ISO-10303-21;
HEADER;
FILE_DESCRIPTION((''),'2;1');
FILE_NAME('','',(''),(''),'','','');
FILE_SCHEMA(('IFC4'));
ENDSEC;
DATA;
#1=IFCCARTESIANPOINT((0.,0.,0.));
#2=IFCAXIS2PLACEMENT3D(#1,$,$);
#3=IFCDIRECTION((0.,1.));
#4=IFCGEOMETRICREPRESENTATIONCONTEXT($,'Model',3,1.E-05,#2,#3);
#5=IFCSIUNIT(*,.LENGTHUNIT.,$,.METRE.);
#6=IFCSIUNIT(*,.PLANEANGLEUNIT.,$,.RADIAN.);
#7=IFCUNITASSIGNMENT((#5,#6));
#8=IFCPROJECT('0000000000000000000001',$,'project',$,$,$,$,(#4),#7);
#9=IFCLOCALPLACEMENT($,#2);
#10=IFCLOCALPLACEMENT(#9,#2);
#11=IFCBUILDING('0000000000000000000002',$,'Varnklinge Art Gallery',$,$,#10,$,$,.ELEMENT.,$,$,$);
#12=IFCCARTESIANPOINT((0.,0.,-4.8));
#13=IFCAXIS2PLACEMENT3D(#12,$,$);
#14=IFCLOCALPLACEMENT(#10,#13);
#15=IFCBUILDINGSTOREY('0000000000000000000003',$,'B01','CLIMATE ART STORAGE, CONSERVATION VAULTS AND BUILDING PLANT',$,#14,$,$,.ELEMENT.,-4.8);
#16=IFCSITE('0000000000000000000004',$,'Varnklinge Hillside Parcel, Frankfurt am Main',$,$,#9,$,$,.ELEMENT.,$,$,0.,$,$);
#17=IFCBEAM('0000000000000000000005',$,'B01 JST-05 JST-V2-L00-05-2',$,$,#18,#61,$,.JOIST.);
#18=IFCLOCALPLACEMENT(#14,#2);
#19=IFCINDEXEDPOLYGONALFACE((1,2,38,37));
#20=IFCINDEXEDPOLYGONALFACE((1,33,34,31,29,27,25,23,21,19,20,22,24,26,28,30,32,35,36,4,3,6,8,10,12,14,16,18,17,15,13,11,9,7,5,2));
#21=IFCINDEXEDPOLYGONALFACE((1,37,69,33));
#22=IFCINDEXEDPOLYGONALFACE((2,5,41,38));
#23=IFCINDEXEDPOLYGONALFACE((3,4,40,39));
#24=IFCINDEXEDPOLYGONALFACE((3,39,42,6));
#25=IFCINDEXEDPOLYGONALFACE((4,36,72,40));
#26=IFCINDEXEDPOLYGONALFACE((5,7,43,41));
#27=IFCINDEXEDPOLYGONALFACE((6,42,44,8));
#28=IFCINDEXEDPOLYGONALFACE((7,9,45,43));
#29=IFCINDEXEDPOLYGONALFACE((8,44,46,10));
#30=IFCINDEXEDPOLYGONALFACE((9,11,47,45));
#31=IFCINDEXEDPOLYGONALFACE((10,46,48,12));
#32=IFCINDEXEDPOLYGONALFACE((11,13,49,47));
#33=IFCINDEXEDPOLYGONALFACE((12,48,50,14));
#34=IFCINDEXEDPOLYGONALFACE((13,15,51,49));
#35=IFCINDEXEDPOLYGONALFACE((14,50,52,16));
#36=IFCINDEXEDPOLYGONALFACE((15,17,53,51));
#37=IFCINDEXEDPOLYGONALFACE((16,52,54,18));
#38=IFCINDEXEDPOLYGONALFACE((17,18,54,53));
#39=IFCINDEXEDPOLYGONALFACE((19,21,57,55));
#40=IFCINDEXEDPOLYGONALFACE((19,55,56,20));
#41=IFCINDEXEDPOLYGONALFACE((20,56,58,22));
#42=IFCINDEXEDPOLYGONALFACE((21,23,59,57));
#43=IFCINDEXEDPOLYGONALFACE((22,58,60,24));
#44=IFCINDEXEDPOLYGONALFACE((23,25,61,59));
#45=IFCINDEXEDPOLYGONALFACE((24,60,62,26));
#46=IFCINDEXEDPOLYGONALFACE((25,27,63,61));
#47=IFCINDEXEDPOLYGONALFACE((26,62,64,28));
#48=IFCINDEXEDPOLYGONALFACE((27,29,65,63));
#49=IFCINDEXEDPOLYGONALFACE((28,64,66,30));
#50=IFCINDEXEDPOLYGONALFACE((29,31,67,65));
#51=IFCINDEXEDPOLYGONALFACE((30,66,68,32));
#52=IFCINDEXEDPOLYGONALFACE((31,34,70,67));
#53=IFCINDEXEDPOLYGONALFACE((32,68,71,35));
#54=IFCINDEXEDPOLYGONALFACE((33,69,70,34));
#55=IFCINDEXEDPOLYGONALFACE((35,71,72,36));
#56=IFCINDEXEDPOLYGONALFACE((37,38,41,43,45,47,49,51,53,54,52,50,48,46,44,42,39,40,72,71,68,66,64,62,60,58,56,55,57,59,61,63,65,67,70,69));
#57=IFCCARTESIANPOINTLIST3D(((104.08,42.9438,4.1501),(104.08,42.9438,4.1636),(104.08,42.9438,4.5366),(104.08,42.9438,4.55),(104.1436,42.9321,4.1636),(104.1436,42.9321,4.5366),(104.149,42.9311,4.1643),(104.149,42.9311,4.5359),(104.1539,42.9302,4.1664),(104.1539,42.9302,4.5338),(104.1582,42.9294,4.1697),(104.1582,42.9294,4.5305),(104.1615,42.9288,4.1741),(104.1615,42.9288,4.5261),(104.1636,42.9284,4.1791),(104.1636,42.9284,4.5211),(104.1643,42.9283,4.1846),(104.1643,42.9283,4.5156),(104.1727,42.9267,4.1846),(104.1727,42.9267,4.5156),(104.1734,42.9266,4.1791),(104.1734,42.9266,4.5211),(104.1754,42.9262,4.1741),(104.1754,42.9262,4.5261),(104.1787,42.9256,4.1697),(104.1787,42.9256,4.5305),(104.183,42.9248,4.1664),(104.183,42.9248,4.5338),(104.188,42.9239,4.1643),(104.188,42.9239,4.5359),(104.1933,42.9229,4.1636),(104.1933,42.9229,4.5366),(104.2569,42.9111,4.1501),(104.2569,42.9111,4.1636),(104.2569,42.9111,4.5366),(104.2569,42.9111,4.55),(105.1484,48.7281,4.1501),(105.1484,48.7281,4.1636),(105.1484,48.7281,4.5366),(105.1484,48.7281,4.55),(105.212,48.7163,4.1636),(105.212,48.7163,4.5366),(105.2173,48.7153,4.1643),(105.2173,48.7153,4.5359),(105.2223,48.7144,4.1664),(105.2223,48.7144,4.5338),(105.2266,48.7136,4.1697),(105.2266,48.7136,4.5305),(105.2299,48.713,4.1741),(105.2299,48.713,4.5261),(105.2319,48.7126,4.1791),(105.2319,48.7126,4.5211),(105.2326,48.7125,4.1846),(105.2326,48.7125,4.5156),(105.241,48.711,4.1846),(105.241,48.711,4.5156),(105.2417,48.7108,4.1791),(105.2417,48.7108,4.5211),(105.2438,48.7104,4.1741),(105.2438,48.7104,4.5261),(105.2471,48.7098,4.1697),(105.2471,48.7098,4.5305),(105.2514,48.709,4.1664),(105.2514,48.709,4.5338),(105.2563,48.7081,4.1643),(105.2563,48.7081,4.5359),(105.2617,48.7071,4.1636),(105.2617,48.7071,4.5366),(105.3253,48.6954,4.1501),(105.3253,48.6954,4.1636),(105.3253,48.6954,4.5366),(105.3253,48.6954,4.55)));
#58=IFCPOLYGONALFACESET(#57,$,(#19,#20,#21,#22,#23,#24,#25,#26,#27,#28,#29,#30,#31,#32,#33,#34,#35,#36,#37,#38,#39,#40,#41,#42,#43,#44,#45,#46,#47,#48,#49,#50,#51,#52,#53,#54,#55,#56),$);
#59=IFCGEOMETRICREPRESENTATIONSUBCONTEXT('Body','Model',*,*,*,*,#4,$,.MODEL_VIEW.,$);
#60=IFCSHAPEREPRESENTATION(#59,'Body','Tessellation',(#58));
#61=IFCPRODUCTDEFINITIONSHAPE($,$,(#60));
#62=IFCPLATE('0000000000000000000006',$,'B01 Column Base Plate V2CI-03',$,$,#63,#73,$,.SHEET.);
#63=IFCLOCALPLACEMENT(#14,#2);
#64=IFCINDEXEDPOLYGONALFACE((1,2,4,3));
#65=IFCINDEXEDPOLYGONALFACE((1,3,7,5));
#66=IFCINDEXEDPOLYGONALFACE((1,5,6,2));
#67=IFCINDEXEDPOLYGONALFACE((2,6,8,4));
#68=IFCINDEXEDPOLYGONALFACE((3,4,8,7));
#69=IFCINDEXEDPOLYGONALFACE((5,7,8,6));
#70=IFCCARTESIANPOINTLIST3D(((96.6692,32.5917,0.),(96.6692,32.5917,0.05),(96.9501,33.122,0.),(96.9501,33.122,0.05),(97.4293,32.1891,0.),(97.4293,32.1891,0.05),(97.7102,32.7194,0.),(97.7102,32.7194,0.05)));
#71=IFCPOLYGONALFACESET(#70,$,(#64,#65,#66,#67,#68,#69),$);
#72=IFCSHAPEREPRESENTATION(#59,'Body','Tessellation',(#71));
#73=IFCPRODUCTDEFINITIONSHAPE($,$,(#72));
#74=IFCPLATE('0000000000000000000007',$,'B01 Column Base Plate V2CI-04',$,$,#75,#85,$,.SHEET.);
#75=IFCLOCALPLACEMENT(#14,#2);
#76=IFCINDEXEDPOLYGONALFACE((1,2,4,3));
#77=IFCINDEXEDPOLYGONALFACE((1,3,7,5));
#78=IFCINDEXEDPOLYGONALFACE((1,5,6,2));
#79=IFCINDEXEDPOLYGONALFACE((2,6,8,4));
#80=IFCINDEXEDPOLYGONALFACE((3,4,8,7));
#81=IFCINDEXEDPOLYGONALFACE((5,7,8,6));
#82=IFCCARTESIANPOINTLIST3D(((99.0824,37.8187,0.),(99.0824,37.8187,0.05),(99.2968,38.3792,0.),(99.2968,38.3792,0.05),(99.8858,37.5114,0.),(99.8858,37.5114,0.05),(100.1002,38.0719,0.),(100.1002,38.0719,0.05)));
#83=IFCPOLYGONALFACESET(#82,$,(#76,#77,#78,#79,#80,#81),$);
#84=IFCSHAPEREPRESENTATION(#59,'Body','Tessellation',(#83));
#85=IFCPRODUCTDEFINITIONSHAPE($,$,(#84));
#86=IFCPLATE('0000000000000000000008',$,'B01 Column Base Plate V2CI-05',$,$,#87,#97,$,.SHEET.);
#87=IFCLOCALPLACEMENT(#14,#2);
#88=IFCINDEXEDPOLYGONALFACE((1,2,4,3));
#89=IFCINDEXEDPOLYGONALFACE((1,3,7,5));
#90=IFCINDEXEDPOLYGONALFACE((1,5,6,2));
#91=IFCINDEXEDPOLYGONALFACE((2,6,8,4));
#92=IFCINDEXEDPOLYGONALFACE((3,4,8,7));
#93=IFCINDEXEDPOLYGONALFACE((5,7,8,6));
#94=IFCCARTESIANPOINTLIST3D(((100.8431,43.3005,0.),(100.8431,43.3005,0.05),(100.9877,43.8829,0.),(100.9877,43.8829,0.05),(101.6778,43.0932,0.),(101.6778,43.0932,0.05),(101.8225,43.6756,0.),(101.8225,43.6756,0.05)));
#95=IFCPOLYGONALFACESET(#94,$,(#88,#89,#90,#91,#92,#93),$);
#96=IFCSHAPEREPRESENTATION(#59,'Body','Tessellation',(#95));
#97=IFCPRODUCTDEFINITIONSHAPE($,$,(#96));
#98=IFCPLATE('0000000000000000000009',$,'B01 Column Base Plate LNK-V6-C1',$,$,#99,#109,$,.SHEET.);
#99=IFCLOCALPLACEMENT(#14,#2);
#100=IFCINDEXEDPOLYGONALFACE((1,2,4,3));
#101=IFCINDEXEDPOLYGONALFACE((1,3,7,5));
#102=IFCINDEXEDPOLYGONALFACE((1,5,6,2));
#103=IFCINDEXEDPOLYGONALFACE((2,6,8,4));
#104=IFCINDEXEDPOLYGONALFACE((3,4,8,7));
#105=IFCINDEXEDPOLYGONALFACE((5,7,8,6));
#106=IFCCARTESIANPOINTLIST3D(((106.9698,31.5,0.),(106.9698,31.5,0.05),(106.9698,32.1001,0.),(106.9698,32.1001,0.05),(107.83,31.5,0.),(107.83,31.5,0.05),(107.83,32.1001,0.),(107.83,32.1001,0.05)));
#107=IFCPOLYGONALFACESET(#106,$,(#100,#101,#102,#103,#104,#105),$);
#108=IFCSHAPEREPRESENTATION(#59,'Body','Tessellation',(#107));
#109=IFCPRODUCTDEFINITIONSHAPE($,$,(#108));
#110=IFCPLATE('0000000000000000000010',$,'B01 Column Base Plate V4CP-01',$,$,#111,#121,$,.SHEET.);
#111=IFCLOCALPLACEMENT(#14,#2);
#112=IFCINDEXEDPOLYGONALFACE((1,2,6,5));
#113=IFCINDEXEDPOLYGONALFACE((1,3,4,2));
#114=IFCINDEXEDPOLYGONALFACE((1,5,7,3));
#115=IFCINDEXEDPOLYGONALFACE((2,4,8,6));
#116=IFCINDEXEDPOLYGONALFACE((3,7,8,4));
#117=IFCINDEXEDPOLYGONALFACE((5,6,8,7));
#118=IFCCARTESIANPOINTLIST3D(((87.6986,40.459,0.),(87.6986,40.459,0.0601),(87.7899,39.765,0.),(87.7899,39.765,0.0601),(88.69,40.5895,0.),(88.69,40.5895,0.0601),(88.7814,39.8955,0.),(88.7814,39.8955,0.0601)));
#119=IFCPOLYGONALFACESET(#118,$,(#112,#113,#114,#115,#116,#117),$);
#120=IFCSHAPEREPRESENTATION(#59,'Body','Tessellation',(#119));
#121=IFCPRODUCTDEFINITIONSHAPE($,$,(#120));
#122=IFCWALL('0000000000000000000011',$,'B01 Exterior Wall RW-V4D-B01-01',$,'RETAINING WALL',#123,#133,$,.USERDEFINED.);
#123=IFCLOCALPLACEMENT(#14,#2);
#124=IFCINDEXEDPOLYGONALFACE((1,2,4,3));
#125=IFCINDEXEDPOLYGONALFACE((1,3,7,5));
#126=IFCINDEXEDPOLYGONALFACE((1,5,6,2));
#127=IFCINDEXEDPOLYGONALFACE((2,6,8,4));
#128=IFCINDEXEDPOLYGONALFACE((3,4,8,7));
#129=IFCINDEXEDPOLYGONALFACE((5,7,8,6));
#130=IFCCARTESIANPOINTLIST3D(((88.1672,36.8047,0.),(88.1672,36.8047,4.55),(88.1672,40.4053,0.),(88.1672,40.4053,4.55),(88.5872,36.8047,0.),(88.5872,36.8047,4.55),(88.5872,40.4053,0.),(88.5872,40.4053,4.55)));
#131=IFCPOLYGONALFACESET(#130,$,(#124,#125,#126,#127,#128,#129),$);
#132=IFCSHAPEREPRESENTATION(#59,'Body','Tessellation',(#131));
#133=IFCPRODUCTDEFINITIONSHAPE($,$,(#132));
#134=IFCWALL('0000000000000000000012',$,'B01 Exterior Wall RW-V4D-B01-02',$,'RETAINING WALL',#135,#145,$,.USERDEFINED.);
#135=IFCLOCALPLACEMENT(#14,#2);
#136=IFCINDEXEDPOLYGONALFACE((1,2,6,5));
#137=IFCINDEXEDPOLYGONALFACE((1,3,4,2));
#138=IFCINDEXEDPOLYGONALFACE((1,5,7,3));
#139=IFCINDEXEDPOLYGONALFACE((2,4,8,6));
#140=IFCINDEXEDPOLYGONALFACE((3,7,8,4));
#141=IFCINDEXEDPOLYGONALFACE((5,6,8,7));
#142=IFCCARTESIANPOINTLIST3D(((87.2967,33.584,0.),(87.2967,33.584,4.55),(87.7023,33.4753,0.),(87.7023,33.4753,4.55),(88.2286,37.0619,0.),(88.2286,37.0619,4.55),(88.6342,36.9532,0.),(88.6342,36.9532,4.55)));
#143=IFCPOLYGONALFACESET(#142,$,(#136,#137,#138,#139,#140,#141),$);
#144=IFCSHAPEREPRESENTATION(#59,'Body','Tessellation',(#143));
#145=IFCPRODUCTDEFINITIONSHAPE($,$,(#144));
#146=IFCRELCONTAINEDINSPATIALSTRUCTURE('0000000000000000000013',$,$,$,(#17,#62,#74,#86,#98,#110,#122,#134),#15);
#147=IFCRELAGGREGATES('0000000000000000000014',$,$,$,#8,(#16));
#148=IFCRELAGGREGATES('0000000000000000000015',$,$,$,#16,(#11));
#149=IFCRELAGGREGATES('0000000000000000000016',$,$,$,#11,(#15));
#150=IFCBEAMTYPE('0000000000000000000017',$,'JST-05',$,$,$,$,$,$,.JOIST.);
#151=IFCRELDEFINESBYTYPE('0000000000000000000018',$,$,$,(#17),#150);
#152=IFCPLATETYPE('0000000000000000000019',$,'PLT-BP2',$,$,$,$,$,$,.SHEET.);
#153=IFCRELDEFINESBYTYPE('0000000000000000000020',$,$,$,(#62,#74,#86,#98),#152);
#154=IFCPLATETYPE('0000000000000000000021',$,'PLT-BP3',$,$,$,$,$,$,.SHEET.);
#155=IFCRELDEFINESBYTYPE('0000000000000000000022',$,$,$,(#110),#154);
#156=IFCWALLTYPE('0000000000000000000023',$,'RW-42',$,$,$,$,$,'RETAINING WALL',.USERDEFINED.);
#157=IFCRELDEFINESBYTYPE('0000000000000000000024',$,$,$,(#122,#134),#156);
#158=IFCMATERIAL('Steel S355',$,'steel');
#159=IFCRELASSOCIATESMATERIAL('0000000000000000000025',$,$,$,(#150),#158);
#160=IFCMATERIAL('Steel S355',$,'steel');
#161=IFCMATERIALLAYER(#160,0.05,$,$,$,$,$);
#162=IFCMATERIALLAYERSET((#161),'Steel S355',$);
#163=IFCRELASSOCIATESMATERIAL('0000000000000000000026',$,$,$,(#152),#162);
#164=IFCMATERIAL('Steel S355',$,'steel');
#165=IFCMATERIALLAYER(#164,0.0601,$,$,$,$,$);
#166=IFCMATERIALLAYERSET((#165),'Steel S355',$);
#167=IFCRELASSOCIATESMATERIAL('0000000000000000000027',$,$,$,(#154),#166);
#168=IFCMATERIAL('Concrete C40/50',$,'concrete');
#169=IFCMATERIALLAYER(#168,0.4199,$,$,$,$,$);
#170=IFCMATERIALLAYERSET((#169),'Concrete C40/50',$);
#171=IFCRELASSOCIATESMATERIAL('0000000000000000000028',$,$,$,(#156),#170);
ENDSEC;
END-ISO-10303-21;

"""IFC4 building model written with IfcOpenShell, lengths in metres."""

from ifc_helpers import new_model, si_unit, direction, frame, frame_2d, origin, origin_2d, place, context, subcontext, project, spatial, rectangle, i_section, extrude, material, layer, layer_set, material_profile, profile_set, type_object, element, save


model = new_model("IFC4")

# Units and contexts
model_context = context("Model", 3, precision=1e-05, world=origin(), true_north=direction((0.0, 1.0)))
body_context = subcontext(model_context, "Body", "Model", "MODEL_VIEW")
ifc_project = project(units=[si_unit("LENGTHUNIT", "METRE"), si_unit("PLANEANGLEUNIT", "RADIAN")], contexts=[model_context])

# Site, building, storey
site_placement = place(None, origin())
site = spatial("IfcSite", under=ifc_project, at=site_placement, Name="Varnklinge Hillside Parcel, Frankfurt am Main", CompositionType="ELEMENT", RefElevation=0.0)
building_placement = place(site_placement, origin())
building = spatial("IfcBuilding", under=site, at=building_placement, Name="Varnklinge Art Gallery", CompositionType="ELEMENT")
storey_placement = place(building_placement, frame((0.0, 0.0, -4.8)))
storey = spatial("IfcBuildingStorey", under=building, at=storey_placement, Name="B01", Description="CLIMATE ART STORAGE, CONSERVATION VAULTS AND BUILDING PLANT", CompositionType="ELEMENT", Elevation=-4.8)

# Beam
ifc_material_1 = material(Name="Steel S355", Category="steel")
ifc_material_profile_1 = material_profile(ifc_material_1, i_section(OverallWidth=0.1799, OverallDepth=0.3999, WebThickness=0.0085, FlangeThickness=0.0134, FilletRadius=0.021, at=origin_2d()), Name="IPE 400")
ifc_profile_set_1 = profile_set([ifc_material_profile_1], Name="Steel S355")
beam_type_1 = type_object("IfcBeamType", Name="JST-05", PredefinedType="JOIST", material=ifc_profile_set_1)
beam_1_placement = place(storey_placement, frame((104.1685, 42.9275, 4.3501), z_axis=(0.181631, 0.983367, 0.0), x_axis=(-0.983367, 0.181631, 0.0)))
element("IfcBeam", 1, at=beam_1_placement, inside=storey, type_object=beam_type_1, Name="B01 JST-05 JST-V2-L00-05-2", PredefinedType="JOIST", context=body_context, shape_type="SweptSolid", body=[
    extrude(i_section(OverallWidth=0.1799, OverallDepth=0.3999, WebThickness=0.0085, FlangeThickness=0.0134, FilletRadius=0.021, at=origin_2d()), origin(), (0.0, 0.0, 1.0), 5.8821),
])

# Plates
ifc_material_2 = material(Name="Steel S355", Category="steel")
ifc_layer_1 = layer(ifc_material_2, 0.05)
ifc_layer_set_1 = layer_set([ifc_layer_1], Name="Steel S355")
plate_type_1 = type_object("IfcPlateType", Name="PLT-BP2", PredefinedType="SHEET", material=ifc_layer_set_1)
for number, where, z_axis, x_axis, name in (
    (2, (97.1897, 32.6555, 0.0), (0.0, 0.0, 1.0), (-0.883684, 0.468084, 0.0), "B01 Column Base Plate V2CI-03"),
    (3, (99.5913, 37.9453, 0.0), (0.0, 0.0, 1.0), (-0.934018, 0.357227, 0.0), "B01 Column Base Plate V2CI-04"),
    (4, (101.3328, 43.488, 0.0), (0.0, 0.0, 1.0), (-0.970506, 0.241075, 0.0), "B01 Column Base Plate V2CI-05"),
    (5, (107.3999, 31.8, 0.0), (0.0, 0.0, 1.0), (1.0, 0.0, 0.0), "B01 Column Base Plate LNK-V6-C1"),
):
    element("IfcPlate", number, at=place(storey_placement, frame(where, z_axis=z_axis, x_axis=x_axis)), inside=storey, type_object=plate_type_1, Name=name, PredefinedType="SHEET", context=body_context, shape_type="SweptSolid", body=[
        extrude(rectangle(XDim=0.8601, YDim=0.6001, at=origin_2d()), origin(), (0.0, 0.0, 1.0), 0.05),
    ])
ifc_material_3 = material(Name="Steel S355", Category="steel")
ifc_layer_2 = layer(ifc_material_3, 0.0601)
ifc_layer_set_2 = layer_set([ifc_layer_2], Name="Steel S355")
plate_type_2 = type_object("IfcPlateType", Name="PLT-BP3", PredefinedType="SHEET", material=ifc_layer_set_2)
plate_placement = place(storey_placement, frame((88.24, 40.1772, 0.0), z_axis=(0.0, 0.0, 1.0), x_axis=(0.991445, 0.130526, 0.0)))
element("IfcPlate", 6, at=plate_placement, inside=storey, type_object=plate_type_2, Name="B01 Column Base Plate V4CP-01", PredefinedType="SHEET", context=body_context, shape_type="SweptSolid", body=[
    extrude(rectangle(XDim=1.0, YDim=0.7, at=origin_2d()), origin(), (0.0, 0.0, 1.0), 0.0601),
])

# Walls
ifc_material_4 = material(Name="Concrete C40/50", Category="concrete")
ifc_layer_3 = layer(ifc_material_4, 0.4199)
ifc_layer_set_3 = layer_set([ifc_layer_3], Name="Concrete C40/50")
wall_type = type_object("IfcWallType", Name="RW-42", ElementType="RETAINING WALL", PredefinedType="USERDEFINED", material=ifc_layer_set_3)
for number, where, z_axis, x_axis, name in (
    (7, (88.3772, 40.4053, 0.0), (0.0, 0.0, 1.0), (0.0, -1.0, 0.0), "B01 Exterior Wall RW-V4D-B01-01"),
    (8, (88.4314, 37.0076, 0.0), (0.0, 0.0, 1.0), (-0.258823, -0.965925, 0.0), "B01 Exterior Wall RW-V4D-B01-02"),
):
    element("IfcWall", number, at=place(storey_placement, frame(where, z_axis=z_axis, x_axis=x_axis)), inside=storey, type_object=wall_type, Name=name, ObjectType="RETAINING WALL", PredefinedType="USERDEFINED", context=body_context, shape_type="SweptSolid", body=[
        extrude(rectangle(XDim=3.6006, YDim=0.4199, at=frame_2d((1.8003, 0.0))), origin(), (0.0, 0.0, 1.0), 4.55),
    ])

save(model, "model.ifc")
